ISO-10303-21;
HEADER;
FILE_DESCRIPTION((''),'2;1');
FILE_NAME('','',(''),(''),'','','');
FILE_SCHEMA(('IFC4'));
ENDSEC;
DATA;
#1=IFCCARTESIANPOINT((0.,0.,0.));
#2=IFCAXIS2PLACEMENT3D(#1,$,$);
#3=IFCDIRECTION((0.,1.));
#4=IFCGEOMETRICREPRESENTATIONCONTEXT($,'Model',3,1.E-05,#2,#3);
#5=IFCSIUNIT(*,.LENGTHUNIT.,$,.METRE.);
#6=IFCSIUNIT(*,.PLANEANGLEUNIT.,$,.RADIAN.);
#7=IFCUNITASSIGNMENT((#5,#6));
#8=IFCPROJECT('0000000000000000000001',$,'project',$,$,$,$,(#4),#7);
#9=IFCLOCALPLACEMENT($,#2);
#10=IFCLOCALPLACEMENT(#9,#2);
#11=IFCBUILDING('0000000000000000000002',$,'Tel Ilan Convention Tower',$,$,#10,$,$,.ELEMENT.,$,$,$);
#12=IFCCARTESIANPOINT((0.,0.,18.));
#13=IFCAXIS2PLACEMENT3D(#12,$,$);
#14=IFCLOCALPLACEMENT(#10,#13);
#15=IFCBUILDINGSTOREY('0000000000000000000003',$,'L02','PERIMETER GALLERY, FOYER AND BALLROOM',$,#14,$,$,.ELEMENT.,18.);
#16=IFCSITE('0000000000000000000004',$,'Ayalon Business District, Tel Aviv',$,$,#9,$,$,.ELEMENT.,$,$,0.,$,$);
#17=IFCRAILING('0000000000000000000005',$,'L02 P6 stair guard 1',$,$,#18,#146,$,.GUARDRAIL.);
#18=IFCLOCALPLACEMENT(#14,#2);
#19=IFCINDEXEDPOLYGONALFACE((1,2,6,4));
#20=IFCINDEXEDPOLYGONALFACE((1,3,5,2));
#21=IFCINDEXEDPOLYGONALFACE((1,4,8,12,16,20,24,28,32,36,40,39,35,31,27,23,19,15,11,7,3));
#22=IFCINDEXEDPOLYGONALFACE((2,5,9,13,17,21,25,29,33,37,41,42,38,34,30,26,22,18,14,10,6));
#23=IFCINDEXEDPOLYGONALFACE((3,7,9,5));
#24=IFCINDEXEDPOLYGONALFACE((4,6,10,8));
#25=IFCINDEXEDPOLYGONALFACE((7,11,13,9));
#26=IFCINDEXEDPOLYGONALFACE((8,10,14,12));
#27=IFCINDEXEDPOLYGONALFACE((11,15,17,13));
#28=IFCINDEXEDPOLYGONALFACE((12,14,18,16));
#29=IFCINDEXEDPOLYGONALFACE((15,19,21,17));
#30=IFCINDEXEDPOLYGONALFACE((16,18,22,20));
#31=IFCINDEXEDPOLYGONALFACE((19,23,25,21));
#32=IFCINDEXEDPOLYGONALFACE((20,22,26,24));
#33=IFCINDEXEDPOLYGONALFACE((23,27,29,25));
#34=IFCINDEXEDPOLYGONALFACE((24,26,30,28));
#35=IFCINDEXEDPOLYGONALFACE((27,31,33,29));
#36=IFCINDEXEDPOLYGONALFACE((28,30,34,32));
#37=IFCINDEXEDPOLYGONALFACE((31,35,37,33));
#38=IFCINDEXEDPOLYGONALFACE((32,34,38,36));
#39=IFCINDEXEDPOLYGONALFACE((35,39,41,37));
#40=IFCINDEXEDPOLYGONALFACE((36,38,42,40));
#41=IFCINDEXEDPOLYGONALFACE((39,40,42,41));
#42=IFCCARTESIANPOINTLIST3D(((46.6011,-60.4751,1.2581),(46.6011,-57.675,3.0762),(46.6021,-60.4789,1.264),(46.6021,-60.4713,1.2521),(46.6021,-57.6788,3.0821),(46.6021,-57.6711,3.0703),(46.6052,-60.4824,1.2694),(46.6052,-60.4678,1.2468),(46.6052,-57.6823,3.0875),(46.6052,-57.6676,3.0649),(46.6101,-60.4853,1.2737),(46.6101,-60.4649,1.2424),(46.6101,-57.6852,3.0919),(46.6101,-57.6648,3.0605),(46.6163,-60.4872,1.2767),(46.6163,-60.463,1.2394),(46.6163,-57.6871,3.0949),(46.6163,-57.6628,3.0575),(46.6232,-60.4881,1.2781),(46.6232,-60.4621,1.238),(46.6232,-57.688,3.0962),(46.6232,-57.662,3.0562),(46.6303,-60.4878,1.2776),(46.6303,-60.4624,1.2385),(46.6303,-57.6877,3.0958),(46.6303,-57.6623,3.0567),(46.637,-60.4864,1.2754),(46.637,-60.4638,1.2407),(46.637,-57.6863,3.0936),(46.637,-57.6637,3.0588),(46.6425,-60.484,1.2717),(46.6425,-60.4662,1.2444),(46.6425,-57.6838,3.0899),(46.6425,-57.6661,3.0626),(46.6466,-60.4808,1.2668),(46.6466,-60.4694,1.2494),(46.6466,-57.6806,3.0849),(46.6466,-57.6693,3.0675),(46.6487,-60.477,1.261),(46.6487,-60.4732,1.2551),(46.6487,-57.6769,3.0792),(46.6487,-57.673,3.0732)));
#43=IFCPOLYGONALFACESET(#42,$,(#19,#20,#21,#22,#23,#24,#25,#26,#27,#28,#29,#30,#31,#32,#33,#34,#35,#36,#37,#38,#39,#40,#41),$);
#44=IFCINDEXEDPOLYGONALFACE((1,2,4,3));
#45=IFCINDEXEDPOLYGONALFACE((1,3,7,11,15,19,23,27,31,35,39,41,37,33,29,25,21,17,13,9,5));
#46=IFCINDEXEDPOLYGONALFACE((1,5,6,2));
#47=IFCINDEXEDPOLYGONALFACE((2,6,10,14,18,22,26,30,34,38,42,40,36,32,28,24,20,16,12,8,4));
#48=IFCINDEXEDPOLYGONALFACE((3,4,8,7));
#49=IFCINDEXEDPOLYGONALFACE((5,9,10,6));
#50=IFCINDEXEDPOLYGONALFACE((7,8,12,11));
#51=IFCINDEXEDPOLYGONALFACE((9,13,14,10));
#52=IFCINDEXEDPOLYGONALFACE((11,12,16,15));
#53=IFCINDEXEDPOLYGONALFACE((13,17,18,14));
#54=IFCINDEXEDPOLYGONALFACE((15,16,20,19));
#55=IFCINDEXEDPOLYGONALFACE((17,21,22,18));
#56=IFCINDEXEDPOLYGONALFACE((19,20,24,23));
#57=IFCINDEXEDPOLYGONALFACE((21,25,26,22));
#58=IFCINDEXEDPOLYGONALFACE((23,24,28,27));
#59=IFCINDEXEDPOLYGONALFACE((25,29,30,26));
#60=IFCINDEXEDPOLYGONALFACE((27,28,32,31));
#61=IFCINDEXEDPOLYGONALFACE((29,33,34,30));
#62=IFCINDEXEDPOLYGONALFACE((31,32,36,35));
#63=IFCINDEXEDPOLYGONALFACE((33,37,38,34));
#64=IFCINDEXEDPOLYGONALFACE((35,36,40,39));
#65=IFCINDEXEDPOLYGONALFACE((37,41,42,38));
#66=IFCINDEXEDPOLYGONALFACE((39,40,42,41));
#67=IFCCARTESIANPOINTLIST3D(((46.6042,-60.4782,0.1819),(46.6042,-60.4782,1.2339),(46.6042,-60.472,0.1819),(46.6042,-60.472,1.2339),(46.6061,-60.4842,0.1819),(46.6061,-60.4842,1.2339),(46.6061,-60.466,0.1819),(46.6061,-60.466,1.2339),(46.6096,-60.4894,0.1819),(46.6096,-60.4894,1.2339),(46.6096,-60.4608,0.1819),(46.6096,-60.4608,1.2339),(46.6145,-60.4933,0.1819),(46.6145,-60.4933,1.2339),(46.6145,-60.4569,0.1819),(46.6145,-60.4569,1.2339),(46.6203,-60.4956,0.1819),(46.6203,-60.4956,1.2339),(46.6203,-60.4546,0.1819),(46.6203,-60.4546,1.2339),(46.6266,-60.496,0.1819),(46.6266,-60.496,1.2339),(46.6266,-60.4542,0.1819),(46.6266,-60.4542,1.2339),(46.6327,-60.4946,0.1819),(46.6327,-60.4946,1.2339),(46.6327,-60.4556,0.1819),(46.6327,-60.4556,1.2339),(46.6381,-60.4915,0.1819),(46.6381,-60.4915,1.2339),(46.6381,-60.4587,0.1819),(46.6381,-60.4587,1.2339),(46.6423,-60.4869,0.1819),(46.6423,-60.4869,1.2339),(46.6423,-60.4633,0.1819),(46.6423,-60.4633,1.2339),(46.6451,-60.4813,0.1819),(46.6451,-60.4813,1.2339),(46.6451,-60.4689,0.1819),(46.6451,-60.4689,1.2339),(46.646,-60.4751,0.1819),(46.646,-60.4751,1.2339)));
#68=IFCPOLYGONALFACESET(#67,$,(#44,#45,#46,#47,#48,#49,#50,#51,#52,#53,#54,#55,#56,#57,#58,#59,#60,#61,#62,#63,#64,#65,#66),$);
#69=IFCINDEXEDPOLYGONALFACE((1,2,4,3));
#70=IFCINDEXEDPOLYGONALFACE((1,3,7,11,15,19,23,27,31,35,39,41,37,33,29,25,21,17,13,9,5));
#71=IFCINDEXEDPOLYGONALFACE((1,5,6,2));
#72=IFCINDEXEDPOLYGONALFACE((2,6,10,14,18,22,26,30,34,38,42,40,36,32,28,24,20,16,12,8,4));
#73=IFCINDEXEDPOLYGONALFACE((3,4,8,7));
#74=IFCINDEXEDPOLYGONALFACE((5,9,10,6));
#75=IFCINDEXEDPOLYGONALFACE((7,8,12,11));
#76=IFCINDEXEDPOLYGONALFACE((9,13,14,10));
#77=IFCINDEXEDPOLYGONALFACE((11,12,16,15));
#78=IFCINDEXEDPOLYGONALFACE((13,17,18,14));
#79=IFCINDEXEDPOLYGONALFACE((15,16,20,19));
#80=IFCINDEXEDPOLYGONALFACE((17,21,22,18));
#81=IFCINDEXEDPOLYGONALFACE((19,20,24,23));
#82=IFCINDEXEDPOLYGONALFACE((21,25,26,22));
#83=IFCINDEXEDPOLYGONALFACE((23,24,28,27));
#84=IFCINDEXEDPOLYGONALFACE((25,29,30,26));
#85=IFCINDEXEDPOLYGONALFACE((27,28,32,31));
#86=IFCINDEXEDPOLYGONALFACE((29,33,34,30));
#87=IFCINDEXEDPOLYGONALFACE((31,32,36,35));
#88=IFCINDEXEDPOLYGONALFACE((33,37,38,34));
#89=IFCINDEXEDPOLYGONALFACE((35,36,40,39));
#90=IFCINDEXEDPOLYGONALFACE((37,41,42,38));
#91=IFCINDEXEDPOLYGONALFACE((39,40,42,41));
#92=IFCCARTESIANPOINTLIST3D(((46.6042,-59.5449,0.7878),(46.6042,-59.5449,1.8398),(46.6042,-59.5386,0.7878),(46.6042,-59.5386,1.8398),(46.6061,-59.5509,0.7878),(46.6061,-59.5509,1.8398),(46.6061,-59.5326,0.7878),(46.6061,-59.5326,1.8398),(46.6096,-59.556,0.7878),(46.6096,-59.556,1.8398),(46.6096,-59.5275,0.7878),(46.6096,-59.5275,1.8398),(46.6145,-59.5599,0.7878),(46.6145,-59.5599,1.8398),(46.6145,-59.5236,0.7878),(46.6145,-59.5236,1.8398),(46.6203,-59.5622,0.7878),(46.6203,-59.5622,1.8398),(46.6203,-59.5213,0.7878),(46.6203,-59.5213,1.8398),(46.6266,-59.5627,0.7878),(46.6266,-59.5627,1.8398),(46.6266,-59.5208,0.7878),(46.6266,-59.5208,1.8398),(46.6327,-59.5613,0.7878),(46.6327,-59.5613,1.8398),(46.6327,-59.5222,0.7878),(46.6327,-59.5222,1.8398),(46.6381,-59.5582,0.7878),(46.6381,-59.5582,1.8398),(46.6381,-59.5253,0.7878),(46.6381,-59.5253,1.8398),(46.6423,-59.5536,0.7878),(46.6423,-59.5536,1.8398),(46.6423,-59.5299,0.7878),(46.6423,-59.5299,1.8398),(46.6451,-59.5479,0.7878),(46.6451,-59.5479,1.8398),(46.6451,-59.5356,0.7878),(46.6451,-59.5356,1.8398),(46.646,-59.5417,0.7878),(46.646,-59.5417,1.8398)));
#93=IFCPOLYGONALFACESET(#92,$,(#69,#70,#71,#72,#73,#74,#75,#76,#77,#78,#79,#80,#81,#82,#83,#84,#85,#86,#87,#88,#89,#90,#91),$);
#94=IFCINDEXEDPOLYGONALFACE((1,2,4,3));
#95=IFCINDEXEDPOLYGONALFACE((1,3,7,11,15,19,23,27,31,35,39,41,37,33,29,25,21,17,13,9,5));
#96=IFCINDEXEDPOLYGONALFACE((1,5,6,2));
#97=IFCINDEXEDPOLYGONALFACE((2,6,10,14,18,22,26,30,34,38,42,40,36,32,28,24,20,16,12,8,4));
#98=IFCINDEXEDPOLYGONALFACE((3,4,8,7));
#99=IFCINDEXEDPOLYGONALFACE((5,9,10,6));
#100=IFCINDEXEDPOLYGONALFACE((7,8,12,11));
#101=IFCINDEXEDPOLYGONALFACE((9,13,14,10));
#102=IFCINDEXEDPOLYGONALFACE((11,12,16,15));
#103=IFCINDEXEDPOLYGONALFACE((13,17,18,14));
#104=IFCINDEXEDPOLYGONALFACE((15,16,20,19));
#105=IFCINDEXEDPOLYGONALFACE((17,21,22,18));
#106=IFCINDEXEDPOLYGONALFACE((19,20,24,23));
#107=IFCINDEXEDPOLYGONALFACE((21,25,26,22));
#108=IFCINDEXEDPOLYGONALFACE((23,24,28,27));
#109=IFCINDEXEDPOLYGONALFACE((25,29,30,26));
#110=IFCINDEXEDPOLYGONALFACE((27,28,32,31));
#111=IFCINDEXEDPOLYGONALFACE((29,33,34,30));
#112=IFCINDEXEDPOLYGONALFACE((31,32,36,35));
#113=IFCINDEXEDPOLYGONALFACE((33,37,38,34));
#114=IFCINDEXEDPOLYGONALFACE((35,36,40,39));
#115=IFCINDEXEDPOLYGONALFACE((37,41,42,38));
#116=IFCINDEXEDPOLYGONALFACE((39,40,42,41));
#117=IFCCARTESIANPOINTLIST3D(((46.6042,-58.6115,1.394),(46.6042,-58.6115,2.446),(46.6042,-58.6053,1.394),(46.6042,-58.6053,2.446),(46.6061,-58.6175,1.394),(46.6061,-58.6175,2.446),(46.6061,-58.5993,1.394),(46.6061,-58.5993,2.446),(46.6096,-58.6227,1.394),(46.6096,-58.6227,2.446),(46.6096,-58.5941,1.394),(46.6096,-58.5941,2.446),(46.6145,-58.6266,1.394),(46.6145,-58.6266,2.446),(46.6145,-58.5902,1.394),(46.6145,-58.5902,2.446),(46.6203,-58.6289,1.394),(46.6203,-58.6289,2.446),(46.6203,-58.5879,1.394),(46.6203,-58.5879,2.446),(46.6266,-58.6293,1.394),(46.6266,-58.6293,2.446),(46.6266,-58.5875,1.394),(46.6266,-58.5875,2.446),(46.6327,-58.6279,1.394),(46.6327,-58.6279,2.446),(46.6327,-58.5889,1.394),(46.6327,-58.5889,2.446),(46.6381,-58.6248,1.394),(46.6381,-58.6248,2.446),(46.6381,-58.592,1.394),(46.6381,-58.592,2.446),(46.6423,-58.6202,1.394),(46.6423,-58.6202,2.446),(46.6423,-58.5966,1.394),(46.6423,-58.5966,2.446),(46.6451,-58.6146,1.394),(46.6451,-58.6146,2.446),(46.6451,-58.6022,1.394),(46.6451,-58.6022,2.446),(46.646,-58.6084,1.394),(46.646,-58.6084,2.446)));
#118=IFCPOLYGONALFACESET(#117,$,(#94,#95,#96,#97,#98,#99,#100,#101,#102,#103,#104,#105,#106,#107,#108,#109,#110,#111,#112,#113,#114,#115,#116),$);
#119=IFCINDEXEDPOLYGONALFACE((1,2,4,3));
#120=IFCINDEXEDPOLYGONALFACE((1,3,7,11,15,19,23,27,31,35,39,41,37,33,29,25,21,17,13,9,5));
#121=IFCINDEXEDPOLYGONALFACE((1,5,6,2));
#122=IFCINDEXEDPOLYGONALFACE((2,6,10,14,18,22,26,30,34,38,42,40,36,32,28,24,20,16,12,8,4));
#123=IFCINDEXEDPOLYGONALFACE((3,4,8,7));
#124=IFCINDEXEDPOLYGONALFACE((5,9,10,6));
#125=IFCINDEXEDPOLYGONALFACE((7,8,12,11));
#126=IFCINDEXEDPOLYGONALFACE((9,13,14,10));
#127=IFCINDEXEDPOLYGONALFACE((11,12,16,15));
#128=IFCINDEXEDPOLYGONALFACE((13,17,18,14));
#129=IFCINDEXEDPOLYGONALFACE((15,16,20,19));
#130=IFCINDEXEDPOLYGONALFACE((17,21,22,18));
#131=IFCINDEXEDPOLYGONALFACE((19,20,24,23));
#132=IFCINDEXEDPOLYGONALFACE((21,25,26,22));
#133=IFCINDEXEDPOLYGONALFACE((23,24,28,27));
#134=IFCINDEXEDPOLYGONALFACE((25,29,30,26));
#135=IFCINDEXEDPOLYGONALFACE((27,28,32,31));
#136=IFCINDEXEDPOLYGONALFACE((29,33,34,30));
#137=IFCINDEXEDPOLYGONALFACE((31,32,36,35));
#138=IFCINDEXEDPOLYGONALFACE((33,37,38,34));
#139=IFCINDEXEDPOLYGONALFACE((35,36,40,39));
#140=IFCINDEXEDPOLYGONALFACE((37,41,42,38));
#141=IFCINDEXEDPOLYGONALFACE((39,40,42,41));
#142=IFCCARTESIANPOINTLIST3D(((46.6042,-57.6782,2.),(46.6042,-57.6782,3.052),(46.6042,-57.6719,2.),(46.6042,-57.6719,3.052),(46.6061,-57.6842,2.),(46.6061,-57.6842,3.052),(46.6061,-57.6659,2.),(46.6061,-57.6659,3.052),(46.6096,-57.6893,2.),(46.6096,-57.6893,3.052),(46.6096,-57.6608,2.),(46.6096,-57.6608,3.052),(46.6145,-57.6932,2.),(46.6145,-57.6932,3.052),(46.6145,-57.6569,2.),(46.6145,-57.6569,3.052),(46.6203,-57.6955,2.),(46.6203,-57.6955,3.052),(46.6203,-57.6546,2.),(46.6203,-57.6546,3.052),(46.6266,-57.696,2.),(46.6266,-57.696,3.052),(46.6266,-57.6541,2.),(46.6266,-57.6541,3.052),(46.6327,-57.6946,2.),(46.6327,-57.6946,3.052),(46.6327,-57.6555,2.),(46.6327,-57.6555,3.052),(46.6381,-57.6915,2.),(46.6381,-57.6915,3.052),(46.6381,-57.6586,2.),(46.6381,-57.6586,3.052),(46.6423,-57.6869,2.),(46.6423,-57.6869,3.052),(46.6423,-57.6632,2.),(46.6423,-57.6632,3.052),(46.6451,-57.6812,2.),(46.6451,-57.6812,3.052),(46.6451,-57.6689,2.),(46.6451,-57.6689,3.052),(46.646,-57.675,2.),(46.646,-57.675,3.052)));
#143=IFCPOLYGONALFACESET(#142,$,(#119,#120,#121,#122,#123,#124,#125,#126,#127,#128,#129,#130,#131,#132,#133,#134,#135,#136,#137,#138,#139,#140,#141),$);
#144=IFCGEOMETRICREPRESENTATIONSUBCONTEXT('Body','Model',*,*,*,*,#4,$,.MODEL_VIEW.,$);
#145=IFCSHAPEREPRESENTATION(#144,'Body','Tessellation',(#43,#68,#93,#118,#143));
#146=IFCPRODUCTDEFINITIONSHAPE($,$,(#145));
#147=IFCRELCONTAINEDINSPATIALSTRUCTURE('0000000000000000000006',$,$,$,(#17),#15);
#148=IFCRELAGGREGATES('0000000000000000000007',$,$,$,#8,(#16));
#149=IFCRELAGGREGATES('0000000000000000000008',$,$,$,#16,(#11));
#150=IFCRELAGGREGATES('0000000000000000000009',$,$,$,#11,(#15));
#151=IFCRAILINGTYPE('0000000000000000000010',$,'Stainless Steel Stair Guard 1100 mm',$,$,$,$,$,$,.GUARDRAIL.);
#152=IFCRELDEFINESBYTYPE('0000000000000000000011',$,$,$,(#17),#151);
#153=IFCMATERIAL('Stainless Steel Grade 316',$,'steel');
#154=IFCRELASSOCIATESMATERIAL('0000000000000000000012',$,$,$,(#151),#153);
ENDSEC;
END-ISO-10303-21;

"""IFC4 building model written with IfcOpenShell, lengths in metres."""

from ifc_helpers import new_model, si_unit, direction, frame, origin, origin_2d, place, context, subcontext, project, spatial, circle, extrude, material, type_object, element, save


model = new_model("IFC4")

# Units and contexts
model_context = context("Model", 3, precision=1e-05, world=origin(), true_north=direction((0.0, 1.0)))
body_context = subcontext(model_context, "Body", "Model", "MODEL_VIEW")
ifc_project = project(units=[si_unit("LENGTHUNIT", "METRE"), si_unit("PLANEANGLEUNIT", "RADIAN")], contexts=[model_context])

# Site, building, storey
site_placement = place(None, origin())
site = spatial("IfcSite", under=ifc_project, at=site_placement, Name="Ayalon Business District, Tel Aviv", CompositionType="ELEMENT", RefElevation=0.0)
building_placement = place(site_placement, origin())
building = spatial("IfcBuilding", under=site, at=building_placement, Name="Tel Ilan Convention Tower", CompositionType="ELEMENT")
storey_placement = place(building_placement, frame((0.0, 0.0, 18.0)))
storey = spatial("IfcBuildingStorey", under=building, at=storey_placement, Name="L02", Description="PERIMETER GALLERY, FOYER AND BALLROOM", CompositionType="ELEMENT", Elevation=18.0)

# Railing
ifc_material_1 = material(Name="Stainless Steel Grade 316", Category="steel")
railing_type_1 = type_object("IfcRailingType", Name="Stainless Steel Stair Guard 1100 mm", PredefinedType="GUARDRAIL", material=ifc_material_1)
railing_1_placement = place(storey_placement, frame((46.625, -60.4751, 0.1819)))
element("IfcRailing", 1, at=railing_1_placement, inside=storey, type_object=railing_type_1, Name="L02 P6 stair guard 1", PredefinedType="GUARDRAIL", context=body_context, shape_type="SweptSolid", body=[
    extrude(circle(Radius=0.0239, at=origin_2d()), frame((0.0, 0.0, 1.0762), z_axis=(0.0, 0.838706, 0.544585), x_axis=(-1.0, 0.0, 0.0)), (0.0, 0.0, 1.0), 3.3386),
    extrude(circle(Radius=0.021, at=origin_2d()), origin(), (0.0, 0.0, 1.0), 1.052),
    extrude(circle(Radius=0.021, at=origin_2d()), frame((0.0, 0.9333, 0.606)), (0.0, 0.0, 1.0), 1.052),
    extrude(circle(Radius=0.021, at=origin_2d()), frame((0.0, 1.8667, 1.2122)), (0.0, 0.0, 1.0), 1.052),
    extrude(circle(Radius=0.021, at=origin_2d()), frame((0.0, 2.8, 1.8181)), (0.0, 0.0, 1.0), 1.052),
])

save(model, "model.ifc")
